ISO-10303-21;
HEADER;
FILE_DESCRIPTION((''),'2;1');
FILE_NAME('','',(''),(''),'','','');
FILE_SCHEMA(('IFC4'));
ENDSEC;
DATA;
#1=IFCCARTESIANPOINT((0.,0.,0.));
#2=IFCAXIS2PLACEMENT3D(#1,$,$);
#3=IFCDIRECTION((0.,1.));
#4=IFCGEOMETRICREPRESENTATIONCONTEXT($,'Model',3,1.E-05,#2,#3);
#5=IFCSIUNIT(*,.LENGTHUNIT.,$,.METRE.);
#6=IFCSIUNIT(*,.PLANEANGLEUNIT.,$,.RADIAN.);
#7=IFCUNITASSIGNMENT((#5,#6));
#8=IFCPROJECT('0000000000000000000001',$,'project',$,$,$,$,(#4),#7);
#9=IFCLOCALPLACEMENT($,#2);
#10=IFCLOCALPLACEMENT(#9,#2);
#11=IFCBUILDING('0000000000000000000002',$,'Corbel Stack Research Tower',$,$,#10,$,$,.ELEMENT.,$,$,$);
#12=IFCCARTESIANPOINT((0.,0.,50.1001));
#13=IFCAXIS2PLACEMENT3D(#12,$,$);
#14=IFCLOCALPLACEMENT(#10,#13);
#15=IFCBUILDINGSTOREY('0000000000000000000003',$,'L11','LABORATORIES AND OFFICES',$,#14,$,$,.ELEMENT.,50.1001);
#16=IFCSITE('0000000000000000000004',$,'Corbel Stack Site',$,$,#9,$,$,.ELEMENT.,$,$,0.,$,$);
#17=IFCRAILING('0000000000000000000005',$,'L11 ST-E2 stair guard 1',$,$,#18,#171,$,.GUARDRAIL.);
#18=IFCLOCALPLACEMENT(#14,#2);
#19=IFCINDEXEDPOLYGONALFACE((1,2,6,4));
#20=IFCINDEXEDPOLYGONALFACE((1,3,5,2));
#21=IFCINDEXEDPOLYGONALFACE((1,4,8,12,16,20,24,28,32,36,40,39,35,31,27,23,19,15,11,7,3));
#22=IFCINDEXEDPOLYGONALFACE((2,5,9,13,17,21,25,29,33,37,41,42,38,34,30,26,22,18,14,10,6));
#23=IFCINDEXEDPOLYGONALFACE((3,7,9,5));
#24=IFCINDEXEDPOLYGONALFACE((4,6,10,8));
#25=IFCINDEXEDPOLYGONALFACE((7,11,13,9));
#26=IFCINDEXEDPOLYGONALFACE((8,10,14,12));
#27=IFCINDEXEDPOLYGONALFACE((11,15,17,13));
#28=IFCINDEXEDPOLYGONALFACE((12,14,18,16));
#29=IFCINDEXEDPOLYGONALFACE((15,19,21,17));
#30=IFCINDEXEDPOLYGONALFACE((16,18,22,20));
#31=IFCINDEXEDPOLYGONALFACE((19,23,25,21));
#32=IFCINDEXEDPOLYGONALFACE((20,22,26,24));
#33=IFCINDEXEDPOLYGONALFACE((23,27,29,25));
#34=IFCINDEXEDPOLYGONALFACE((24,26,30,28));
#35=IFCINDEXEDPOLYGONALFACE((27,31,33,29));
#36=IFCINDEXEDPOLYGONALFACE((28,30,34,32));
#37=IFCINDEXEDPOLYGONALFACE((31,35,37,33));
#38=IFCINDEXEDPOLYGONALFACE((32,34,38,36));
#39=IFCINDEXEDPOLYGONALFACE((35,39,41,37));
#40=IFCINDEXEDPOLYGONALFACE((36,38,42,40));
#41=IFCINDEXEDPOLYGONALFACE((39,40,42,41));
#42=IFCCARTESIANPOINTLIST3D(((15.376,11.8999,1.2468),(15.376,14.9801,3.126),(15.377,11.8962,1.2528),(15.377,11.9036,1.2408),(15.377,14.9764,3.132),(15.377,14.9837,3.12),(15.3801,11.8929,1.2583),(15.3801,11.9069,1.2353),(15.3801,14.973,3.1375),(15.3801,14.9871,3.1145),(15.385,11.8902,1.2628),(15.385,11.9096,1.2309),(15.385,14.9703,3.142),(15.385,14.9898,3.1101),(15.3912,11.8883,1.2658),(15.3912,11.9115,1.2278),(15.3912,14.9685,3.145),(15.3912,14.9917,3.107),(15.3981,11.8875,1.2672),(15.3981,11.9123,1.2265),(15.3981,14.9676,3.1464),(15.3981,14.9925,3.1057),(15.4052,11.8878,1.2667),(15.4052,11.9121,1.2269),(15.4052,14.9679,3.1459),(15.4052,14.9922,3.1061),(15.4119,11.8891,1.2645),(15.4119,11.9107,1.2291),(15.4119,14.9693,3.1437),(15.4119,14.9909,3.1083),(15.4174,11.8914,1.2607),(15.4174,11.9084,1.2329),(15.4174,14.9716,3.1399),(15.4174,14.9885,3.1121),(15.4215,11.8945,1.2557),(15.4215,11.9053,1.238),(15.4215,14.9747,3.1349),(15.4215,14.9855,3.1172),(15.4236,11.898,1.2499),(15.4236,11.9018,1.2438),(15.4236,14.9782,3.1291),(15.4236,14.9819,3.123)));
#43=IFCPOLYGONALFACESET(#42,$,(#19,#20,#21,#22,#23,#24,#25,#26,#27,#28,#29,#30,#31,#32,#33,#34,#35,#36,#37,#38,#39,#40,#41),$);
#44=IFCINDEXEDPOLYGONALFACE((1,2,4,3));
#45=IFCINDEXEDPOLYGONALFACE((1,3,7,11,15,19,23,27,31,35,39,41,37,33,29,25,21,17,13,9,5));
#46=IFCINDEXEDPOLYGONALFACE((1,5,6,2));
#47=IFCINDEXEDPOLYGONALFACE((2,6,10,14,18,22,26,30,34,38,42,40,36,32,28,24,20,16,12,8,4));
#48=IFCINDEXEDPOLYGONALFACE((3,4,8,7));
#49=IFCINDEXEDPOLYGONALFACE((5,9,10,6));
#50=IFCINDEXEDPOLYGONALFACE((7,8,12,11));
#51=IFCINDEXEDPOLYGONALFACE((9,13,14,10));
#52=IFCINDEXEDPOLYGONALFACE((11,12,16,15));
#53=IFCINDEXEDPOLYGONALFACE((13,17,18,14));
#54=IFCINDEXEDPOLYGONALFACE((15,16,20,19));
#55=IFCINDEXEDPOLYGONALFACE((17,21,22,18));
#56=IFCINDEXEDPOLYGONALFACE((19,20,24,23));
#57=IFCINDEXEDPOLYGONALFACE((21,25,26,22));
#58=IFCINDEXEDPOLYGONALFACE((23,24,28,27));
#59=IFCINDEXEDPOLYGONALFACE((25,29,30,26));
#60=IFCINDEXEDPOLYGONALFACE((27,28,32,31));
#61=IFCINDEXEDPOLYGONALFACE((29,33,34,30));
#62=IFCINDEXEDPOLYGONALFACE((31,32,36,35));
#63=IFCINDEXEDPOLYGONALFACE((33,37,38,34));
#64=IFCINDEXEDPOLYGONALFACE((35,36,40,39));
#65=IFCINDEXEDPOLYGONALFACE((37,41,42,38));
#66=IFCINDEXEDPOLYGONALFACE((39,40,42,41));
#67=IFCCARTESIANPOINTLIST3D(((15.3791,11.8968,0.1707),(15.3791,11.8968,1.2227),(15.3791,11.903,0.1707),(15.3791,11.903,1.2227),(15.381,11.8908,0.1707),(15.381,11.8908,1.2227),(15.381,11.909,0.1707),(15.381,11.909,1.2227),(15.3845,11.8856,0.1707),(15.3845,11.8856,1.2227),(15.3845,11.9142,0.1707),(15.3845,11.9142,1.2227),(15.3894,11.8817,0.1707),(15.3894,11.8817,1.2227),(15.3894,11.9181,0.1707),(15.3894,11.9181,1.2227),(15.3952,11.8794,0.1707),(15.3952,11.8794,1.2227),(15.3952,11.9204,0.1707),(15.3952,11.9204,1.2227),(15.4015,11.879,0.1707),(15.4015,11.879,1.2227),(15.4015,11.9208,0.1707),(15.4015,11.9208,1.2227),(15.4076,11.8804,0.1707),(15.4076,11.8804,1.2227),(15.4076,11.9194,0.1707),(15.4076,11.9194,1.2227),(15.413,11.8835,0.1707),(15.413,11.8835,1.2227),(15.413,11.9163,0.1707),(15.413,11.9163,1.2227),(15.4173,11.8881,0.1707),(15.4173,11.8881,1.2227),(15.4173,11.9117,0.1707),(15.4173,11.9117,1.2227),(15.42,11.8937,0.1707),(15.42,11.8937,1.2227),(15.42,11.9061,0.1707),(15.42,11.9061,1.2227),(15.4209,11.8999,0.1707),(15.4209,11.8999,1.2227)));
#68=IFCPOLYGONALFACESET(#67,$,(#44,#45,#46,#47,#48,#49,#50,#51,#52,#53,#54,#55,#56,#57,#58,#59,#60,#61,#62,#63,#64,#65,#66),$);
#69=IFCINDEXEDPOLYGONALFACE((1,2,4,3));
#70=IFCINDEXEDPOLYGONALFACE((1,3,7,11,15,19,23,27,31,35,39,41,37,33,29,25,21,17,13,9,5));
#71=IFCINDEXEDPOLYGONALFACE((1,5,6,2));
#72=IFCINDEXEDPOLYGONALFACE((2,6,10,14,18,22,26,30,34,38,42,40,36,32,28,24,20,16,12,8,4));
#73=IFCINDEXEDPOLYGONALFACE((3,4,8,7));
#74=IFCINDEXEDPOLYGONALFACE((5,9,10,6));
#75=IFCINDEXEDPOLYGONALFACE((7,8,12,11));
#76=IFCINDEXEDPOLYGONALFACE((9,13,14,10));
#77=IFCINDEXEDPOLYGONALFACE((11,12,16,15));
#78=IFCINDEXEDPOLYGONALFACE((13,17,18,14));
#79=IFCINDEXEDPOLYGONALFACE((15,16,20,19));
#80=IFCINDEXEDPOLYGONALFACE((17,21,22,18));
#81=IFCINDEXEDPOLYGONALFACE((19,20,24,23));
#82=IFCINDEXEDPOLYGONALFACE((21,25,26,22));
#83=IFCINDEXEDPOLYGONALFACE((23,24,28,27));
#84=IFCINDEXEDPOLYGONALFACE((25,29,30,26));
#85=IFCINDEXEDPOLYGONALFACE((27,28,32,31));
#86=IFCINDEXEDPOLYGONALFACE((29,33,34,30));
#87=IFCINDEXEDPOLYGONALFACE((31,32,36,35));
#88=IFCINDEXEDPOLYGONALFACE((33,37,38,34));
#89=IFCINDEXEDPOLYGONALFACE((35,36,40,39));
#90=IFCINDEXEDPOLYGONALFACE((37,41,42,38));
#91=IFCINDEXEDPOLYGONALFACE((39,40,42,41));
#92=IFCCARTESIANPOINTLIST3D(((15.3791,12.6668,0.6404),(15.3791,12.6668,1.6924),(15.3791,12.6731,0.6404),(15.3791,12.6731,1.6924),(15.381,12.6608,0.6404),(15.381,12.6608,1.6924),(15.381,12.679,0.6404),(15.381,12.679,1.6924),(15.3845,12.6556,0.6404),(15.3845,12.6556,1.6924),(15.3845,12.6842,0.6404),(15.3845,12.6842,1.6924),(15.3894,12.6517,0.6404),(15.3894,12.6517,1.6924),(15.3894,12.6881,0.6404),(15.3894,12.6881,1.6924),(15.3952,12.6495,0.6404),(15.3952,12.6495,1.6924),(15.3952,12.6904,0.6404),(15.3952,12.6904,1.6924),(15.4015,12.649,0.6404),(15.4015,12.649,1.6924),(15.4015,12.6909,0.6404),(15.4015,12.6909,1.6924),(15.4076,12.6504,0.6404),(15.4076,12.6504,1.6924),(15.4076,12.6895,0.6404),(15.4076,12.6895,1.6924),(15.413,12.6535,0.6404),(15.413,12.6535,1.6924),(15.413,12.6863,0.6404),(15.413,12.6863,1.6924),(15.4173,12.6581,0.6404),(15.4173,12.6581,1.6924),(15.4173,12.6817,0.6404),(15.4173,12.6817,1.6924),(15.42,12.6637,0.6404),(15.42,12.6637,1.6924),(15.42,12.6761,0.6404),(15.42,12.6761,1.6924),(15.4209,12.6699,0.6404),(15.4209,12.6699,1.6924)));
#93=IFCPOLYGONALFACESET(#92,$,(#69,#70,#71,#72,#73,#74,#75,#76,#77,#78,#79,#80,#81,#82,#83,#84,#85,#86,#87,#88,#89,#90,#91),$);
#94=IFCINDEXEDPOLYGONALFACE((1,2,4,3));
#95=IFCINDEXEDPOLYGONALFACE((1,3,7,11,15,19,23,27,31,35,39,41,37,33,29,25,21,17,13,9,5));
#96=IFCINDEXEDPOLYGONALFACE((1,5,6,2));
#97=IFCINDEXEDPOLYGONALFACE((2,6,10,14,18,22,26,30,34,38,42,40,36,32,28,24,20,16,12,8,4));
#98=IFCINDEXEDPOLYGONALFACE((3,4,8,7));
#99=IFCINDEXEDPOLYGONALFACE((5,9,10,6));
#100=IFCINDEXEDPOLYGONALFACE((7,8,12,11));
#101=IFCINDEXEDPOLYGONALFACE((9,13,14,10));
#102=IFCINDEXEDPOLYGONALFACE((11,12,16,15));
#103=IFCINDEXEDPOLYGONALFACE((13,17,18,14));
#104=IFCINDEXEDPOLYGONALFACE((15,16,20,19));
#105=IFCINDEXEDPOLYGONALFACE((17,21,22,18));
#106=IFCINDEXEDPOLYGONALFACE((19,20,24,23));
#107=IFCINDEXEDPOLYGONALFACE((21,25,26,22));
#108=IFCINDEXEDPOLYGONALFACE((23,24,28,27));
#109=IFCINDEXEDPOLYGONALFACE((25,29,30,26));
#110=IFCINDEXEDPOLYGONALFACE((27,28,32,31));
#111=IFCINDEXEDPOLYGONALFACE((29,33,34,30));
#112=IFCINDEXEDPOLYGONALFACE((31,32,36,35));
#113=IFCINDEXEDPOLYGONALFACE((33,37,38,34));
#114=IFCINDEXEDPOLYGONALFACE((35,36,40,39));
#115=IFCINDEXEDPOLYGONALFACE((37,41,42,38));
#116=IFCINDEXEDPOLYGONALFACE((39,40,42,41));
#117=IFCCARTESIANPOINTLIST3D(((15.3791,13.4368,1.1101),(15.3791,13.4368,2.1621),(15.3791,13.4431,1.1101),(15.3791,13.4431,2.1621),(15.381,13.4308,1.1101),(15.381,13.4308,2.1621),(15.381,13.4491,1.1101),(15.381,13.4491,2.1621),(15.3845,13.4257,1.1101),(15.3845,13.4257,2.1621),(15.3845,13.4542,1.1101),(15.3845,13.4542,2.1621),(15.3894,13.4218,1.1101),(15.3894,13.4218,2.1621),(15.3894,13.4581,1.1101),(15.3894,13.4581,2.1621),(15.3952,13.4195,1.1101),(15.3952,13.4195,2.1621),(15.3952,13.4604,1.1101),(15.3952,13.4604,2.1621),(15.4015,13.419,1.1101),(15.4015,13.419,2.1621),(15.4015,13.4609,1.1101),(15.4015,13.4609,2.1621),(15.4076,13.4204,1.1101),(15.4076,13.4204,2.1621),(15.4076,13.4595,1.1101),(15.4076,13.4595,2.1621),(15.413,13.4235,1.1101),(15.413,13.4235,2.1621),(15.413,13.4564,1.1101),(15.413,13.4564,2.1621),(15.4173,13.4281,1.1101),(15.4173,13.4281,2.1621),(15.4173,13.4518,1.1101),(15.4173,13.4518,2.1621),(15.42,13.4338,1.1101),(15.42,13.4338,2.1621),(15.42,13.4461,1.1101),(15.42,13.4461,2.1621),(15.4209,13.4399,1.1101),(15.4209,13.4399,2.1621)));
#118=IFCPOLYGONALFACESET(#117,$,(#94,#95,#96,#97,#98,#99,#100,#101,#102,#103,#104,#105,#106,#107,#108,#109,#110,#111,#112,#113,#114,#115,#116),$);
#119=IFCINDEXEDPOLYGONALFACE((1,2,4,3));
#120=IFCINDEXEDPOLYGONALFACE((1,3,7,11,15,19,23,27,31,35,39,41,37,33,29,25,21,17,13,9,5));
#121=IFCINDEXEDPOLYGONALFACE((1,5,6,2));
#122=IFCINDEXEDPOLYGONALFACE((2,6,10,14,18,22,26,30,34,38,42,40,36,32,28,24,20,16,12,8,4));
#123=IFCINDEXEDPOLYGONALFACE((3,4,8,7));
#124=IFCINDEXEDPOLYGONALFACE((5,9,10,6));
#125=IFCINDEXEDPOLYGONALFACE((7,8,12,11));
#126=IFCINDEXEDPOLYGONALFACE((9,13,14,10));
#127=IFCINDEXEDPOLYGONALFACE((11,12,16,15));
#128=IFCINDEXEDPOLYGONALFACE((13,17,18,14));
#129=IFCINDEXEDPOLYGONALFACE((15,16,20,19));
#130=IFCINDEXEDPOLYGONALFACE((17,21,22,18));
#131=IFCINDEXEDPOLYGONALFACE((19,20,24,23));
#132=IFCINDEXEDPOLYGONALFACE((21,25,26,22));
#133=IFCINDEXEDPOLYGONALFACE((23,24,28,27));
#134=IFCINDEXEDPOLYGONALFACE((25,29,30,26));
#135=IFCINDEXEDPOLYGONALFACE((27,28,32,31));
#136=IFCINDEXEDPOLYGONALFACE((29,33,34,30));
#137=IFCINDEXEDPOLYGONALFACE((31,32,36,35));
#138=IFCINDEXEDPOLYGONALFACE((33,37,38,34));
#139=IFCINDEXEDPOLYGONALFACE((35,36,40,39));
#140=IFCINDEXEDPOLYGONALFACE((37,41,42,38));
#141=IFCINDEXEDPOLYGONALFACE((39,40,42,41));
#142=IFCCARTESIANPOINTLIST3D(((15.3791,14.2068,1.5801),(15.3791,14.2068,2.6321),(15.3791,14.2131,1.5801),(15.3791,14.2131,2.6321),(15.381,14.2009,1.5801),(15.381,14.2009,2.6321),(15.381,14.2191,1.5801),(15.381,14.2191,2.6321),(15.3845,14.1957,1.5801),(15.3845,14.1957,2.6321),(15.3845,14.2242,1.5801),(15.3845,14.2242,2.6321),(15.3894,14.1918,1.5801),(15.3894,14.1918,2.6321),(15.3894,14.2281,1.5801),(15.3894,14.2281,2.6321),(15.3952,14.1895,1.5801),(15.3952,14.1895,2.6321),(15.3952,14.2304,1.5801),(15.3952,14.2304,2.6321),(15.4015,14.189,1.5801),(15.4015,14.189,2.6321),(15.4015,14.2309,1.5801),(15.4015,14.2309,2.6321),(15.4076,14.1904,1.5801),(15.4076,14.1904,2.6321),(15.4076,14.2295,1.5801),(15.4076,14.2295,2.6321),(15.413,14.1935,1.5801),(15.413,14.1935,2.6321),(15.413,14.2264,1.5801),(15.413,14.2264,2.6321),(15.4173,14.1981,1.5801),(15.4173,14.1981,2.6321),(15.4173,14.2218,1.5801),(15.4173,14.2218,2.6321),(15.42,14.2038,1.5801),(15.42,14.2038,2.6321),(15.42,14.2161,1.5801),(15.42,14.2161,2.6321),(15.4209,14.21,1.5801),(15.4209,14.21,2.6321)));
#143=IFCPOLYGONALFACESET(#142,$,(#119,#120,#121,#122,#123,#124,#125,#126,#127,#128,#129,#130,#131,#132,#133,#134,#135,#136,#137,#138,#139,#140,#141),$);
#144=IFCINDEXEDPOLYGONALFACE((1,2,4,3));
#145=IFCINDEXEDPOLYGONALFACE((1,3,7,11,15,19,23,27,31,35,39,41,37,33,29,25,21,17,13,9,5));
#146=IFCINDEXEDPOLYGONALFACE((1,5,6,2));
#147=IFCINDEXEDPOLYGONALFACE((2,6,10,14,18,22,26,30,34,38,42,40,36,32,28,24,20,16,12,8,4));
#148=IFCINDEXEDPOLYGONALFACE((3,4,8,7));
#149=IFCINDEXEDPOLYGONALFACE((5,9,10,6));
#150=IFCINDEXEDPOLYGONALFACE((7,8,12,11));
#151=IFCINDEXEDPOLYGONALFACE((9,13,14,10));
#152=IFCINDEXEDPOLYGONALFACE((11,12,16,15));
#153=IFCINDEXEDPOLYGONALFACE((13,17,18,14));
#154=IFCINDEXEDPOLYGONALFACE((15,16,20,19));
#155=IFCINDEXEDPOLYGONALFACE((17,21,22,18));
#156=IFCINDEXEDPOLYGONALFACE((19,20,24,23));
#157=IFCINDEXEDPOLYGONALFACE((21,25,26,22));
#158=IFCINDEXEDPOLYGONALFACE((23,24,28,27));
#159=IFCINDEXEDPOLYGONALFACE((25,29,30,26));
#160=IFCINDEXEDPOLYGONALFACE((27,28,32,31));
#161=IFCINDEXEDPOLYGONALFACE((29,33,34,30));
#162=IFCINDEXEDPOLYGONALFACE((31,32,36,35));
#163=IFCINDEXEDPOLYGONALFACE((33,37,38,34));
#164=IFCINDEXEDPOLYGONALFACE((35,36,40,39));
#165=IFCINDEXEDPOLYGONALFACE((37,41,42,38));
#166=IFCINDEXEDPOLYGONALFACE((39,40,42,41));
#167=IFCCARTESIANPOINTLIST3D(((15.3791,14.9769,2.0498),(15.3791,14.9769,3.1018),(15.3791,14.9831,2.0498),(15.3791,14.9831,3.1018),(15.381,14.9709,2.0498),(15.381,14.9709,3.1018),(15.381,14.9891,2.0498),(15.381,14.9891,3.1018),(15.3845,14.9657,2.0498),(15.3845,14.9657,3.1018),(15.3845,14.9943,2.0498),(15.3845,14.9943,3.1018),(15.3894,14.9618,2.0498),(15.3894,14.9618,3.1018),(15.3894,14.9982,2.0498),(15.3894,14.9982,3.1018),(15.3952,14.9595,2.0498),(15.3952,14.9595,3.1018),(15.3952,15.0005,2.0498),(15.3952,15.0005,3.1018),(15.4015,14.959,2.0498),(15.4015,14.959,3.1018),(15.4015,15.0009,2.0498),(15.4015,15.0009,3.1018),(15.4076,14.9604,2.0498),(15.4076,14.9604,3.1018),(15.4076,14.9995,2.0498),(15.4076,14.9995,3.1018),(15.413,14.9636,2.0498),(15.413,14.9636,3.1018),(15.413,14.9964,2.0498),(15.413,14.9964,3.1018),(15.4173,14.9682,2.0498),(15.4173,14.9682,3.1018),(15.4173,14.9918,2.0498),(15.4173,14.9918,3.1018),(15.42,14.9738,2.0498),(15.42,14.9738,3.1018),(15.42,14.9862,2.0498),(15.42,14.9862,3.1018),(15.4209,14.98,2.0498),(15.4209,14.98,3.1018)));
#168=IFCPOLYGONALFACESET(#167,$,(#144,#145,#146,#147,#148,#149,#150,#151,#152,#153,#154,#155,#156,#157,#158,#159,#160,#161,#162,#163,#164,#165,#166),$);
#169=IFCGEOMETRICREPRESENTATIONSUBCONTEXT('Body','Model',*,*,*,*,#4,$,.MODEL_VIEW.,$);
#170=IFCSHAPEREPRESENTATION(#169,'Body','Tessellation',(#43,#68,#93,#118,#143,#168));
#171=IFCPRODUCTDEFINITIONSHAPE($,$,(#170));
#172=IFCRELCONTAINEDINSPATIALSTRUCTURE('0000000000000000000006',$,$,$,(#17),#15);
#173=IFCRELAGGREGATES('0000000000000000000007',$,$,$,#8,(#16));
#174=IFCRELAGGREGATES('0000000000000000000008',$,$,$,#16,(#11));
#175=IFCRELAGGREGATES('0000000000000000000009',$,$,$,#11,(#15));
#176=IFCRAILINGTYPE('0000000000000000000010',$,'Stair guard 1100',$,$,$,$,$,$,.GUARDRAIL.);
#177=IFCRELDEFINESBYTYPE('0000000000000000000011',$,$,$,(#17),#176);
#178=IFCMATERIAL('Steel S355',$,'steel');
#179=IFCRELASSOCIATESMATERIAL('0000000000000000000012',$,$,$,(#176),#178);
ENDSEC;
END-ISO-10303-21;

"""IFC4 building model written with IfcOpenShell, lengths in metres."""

from ifc_helpers import new_model, si_unit, direction, frame, origin, origin_2d, place, context, subcontext, project, spatial, circle, extrude, material, type_object, element, save


model = new_model("IFC4")

# Units and contexts
model_context = context("Model", 3, precision=1e-05, world=origin(), true_north=direction((0.0, 1.0)))
body_context = subcontext(model_context, "Body", "Model", "MODEL_VIEW")
ifc_project = project(units=[si_unit("LENGTHUNIT", "METRE"), si_unit("PLANEANGLEUNIT", "RADIAN")], contexts=[model_context])

# Site, building, storey
site_placement = place(None, origin())
site = spatial("IfcSite", under=ifc_project, at=site_placement, Name="Corbel Stack Site", CompositionType="ELEMENT", RefElevation=0.0)
building_placement = place(site_placement, origin())
building = spatial("IfcBuilding", under=site, at=building_placement, Name="Corbel Stack Research Tower", CompositionType="ELEMENT")
storey_placement = place(building_placement, frame((0.0, 0.0, 50.1001)))
storey = spatial("IfcBuildingStorey", under=building, at=storey_placement, Name="L11", Description="LABORATORIES AND OFFICES", CompositionType="ELEMENT", Elevation=50.1001)

# Railing
ifc_material_1 = material(Name="Steel S355", Category="steel")
railing_type_1 = type_object("IfcRailingType", Name="Stair guard 1100", PredefinedType="GUARDRAIL", material=ifc_material_1)
railing_1_placement = place(storey_placement, frame((15.3999, 11.8999, 0.1707)))
element("IfcRailing", 1, at=railing_1_placement, inside=storey, type_object=railing_type_1, Name="L11 ST-E2 stair guard 1", PredefinedType="GUARDRAIL", context=body_context, shape_type="SweptSolid", body=[
    extrude(circle(Radius=0.0239, at=origin_2d()), frame((0.0, 0.0, 1.0762), z_axis=(0.0, 0.853666, 0.52082), x_axis=(-1.0, 0.0, 0.0)), (0.0, 0.0, 1.0), 3.6082),
    extrude(circle(Radius=0.021, at=origin_2d()), origin(), (0.0, 0.0, 1.0), 1.052),
    extrude(circle(Radius=0.021, at=origin_2d()), frame((0.0, 0.77, 0.4697)), (0.0, 0.0, 1.0), 1.052),
    extrude(circle(Radius=0.021, at=origin_2d()), frame((0.0, 1.54, 0.9395)), (0.0, 0.0, 1.0), 1.052),
    extrude(circle(Radius=0.021, at=origin_2d()), frame((0.0, 2.3101, 1.4094)), (0.0, 0.0, 1.0), 1.052),
    extrude(circle(Radius=0.021, at=origin_2d()), frame((0.0, 3.0801, 1.8792)), (0.0, 0.0, 1.0), 1.052),
])

save(model, "model.ifc")
